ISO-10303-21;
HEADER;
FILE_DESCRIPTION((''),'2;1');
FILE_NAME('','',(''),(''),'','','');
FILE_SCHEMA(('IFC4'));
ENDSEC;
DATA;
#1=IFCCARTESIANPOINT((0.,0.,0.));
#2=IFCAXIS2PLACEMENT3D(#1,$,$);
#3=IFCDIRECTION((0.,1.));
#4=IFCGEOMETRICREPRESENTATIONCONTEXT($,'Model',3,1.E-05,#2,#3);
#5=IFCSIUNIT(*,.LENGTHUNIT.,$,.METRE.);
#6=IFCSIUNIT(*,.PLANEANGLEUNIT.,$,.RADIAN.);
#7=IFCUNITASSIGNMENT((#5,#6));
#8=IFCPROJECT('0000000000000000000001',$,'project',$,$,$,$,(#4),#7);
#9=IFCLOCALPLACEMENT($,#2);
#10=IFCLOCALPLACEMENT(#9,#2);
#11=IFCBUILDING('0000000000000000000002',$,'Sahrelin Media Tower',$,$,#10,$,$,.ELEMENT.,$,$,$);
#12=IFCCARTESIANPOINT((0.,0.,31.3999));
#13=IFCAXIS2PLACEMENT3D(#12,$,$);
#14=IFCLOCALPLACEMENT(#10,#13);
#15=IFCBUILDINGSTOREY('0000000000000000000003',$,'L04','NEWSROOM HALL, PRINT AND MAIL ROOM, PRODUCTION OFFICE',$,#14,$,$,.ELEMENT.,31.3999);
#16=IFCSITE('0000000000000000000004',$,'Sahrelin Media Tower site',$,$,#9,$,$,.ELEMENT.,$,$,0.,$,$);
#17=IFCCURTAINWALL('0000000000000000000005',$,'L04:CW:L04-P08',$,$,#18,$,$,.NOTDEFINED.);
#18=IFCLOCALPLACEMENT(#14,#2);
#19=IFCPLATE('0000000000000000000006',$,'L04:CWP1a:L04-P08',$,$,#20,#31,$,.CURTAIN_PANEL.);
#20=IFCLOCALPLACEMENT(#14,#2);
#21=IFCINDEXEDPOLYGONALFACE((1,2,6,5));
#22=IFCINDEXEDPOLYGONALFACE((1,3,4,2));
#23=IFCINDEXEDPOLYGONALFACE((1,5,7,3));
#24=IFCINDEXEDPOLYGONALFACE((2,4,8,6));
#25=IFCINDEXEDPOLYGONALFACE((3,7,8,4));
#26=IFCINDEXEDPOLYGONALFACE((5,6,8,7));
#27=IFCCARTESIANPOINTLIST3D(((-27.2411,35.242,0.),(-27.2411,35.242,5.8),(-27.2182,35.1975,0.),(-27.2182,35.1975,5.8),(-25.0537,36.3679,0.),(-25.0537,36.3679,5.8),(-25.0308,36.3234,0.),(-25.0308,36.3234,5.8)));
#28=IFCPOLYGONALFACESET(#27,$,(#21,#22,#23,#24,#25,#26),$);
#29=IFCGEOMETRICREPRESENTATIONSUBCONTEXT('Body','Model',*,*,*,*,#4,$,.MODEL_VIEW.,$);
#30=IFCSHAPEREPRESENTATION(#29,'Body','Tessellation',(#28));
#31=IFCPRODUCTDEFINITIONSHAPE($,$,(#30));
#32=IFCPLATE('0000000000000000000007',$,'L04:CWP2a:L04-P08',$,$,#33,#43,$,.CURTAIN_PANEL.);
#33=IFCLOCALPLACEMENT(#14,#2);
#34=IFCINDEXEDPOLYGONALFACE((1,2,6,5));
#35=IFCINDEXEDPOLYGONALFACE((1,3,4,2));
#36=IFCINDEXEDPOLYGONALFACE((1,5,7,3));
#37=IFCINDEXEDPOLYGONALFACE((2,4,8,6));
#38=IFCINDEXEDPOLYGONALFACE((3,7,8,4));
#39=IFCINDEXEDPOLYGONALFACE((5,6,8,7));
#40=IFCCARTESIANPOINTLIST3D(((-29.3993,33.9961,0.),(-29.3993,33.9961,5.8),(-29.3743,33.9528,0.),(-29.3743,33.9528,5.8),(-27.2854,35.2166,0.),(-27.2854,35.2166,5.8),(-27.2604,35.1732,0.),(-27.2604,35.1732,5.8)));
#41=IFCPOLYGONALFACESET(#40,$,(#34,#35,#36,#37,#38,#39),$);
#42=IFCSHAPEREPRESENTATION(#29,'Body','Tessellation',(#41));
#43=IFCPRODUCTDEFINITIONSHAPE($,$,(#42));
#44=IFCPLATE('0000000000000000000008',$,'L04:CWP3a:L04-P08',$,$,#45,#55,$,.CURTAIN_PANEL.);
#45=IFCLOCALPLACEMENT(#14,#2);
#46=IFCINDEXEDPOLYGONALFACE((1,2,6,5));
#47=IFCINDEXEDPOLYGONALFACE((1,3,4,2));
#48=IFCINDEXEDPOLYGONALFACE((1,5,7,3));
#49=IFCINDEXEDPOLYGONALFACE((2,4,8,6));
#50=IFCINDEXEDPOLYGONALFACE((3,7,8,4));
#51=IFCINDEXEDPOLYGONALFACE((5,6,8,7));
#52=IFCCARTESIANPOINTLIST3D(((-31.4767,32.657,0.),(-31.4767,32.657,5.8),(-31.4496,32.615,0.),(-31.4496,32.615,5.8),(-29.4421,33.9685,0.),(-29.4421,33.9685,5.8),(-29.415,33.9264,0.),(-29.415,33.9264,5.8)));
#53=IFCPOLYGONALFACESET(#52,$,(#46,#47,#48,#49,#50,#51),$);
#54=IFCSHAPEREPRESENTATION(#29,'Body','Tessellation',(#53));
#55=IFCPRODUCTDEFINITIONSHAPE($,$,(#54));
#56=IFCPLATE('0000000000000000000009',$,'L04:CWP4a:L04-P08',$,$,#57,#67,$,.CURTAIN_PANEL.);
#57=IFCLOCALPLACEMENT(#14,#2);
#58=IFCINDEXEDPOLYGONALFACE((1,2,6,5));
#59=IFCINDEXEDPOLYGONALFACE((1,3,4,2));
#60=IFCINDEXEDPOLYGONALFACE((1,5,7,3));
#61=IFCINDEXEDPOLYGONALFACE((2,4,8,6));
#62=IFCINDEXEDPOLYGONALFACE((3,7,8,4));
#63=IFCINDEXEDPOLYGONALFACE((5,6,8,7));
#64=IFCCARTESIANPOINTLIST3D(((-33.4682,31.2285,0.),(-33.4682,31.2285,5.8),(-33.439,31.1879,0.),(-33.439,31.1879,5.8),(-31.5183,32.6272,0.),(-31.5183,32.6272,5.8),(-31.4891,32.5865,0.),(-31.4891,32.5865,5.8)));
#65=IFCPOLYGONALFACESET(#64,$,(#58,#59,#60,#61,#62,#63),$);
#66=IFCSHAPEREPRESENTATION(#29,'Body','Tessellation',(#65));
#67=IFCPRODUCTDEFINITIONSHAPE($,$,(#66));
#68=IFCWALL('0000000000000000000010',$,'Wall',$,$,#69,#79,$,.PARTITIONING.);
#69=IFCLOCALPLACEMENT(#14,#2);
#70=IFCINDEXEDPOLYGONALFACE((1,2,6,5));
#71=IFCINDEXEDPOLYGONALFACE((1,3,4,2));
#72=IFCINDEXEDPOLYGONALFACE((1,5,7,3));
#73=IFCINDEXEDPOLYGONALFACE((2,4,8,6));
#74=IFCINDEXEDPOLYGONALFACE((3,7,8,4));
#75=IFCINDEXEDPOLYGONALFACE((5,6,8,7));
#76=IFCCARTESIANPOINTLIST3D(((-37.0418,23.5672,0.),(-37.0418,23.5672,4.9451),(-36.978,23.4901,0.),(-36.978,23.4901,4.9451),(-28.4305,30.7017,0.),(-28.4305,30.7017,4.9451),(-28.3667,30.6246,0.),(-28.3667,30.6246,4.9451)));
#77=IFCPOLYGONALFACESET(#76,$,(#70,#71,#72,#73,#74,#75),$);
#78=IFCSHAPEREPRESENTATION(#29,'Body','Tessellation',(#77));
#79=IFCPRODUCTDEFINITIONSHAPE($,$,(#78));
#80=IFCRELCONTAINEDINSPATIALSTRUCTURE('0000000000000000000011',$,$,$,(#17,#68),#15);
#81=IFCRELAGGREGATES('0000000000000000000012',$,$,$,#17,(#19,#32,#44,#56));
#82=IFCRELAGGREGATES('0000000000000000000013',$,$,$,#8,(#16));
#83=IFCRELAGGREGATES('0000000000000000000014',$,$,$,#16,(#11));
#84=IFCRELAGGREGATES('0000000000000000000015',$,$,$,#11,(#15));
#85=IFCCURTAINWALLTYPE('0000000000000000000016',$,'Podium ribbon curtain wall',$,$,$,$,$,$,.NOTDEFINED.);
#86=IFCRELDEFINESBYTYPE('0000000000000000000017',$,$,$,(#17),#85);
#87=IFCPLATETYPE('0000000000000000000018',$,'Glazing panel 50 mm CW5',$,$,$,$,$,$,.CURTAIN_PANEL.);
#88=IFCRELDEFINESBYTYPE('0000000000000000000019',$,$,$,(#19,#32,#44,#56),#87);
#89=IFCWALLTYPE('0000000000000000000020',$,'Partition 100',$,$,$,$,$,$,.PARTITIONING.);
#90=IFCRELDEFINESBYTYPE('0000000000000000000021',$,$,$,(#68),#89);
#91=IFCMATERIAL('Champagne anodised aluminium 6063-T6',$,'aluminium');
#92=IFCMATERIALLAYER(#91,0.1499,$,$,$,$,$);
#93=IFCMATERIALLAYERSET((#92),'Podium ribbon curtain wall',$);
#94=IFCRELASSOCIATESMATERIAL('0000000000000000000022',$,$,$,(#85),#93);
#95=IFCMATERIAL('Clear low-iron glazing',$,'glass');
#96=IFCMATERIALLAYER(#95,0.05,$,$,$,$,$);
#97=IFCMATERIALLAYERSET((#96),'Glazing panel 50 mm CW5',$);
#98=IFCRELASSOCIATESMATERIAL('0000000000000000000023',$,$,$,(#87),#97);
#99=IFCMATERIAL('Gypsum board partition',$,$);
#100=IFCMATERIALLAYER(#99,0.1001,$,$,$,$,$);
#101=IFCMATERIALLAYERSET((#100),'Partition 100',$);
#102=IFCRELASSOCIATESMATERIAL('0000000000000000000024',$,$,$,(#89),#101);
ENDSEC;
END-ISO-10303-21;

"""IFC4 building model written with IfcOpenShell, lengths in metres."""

from ifc_helpers import new_model, si_unit, direction, frame, frame_2d, origin, place, context, subcontext, project, spatial, polyline, rectangle, outline, extrude, material, layer, layer_set, type_object, element, aggregate, save


model = new_model("IFC4")

# Units and contexts
model_context = context("Model", 3, precision=1e-05, world=origin(), true_north=direction((0.0, 1.0)))
body_context = subcontext(model_context, "Body", "Model", "MODEL_VIEW")
ifc_project = project(units=[si_unit("LENGTHUNIT", "METRE"), si_unit("PLANEANGLEUNIT", "RADIAN")], contexts=[model_context])

# Site, building, storey
site_placement = place(None, origin())
site = spatial("IfcSite", under=ifc_project, at=site_placement, Name="Sahrelin Media Tower site", CompositionType="ELEMENT", RefElevation=0.0)
building_placement = place(site_placement, origin())
building = spatial("IfcBuilding", under=site, at=building_placement, Name="Sahrelin Media Tower", CompositionType="ELEMENT")
storey_placement = place(building_placement, frame((0.0, 0.0, 31.3999)))
storey = spatial("IfcBuildingStorey", under=building, at=storey_placement, Name="L04", Description="NEWSROOM HALL, PRINT AND MAIL ROOM, PRODUCTION OFFICE", CompositionType="ELEMENT", Elevation=31.3999)

# Curtain wall
ifc_material_1 = material(Name="Champagne anodised aluminium 6063-T6", Category="aluminium")
ifc_layer_1 = layer(ifc_material_1, 0.1499)
ifc_layer_set_1 = layer_set([ifc_layer_1], Name="Podium ribbon curtain wall")
curtain_wall_type = type_object("IfcCurtainWallType", Name="Podium ribbon curtain wall", PredefinedType="NOTDEFINED", material=ifc_layer_set_1)
curtain_wall_1_placement = place(storey_placement, frame((-25.0, 36.373, 0.0), z_axis=(0.0, 0.0, 1.0), x_axis=(1.0, 0.0, 0.0)))
curtain_wall_1 = element("IfcCurtainWall", 1, at=curtain_wall_1_placement, inside=storey, type_object=curtain_wall_type, Name="L04:CW:L04-P08", PredefinedType="NOTDEFINED")

# Plates
ifc_material_2 = material(Name="Clear low-iron glazing", Category="glass")
ifc_layer_2 = layer(ifc_material_2, 0.05)
ifc_layer_set_2 = layer_set([ifc_layer_2], Name="Glazing panel 50 mm CW5")
plate_type = type_object("IfcPlateType", Name="Glazing panel 50 mm CW5", PredefinedType="CURTAIN_PANEL", material=ifc_layer_set_2)
plate_1_placement = place(storey_placement, frame((-25.0537, 36.3679, 0.0), z_axis=(-0.457662, 0.889126, 0.0), x_axis=(-0.889126, -0.457662, 0.0)))
plate_1 = element("IfcPlate", 2, at=plate_1_placement, type_object=plate_type, Name="L04:CWP1a:L04-P08", PredefinedType="CURTAIN_PANEL", context=body_context, shape_type="SweptSolid", body=[
    extrude(outline(polyline([(0.0, 0.0), (2.4602, 0.0), (2.4602, 5.8), (0.0, 5.8), (0.0, 0.0)])), origin(), (0.0, 0.0, -1.0), 0.05),
])
plate_2_placement = place(storey_placement, frame((-27.2854, 35.2166, 0.0), z_axis=(-0.499979, 0.866037, 0.0), x_axis=(-0.866037, -0.499979, 0.0)))
plate_2 = element("IfcPlate", 3, at=plate_2_placement, type_object=plate_type, Name="L04:CWP2a:L04-P08", PredefinedType="CURTAIN_PANEL", context=body_context, shape_type="SweptSolid", body=[
    extrude(outline(polyline([(0.0, 0.0), (2.4409, 0.0), (2.4409, 5.8), (0.0, 5.8), (0.0, 0.0)])), origin(), (0.0, 0.0, -1.0), 0.05),
])
plate_3_placement = place(storey_placement, frame((-29.4421, 33.9685, 0.0), z_axis=(-0.541787, 0.840516, 0.0), x_axis=(-0.840516, -0.541787, 0.0)))
plate_3 = element("IfcPlate", 4, at=plate_3_placement, type_object=plate_type, Name="L04:CWP3a:L04-P08", PredefinedType="CURTAIN_PANEL", context=body_context, shape_type="SweptSolid", body=[
    extrude(outline(polyline([(0.0, 0.0), (2.4207, 0.0), (2.4207, 5.8), (0.0, 5.8), (0.0, 0.0)])), origin(), (0.0, 0.0, -1.0), 0.05),
])
plate_4_placement = place(storey_placement, frame((-31.5183, 32.6272, 0.0), z_axis=(-0.582854, 0.812577, 0.0), x_axis=(-0.812577, -0.582854, 0.0)))
plate_4 = element("IfcPlate", 5, at=plate_4_placement, type_object=plate_type, Name="L04:CWP4a:L04-P08", PredefinedType="CURTAIN_PANEL", context=body_context, shape_type="SweptSolid", body=[
    extrude(outline(polyline([(0.0, 0.0), (2.3997, 0.0), (2.3997, 5.8), (0.0, 5.8), (0.0, 0.0)])), origin(), (0.0, 0.0, -1.0), 0.05),
])
aggregate(curtain_wall_1, [plate_1, plate_2, plate_3, plate_4])

# Wall
ifc_material_3 = material(Name="Gypsum board partition")
ifc_layer_3 = layer(ifc_material_3, 0.1001)
ifc_layer_set_3 = layer_set([ifc_layer_3], Name="Partition 100")
wall_type = type_object("IfcWallType", Name="Partition 100", PredefinedType="PARTITIONING", material=ifc_layer_set_3)
wall_placement = place(storey_placement, frame((-28.3987, 30.6631, 0.0), z_axis=(0.0, 0.0, 1.0), x_axis=(-0.770047, -0.637987, 0.0)))
element("IfcWall", 6, at=wall_placement, inside=storey, type_object=wall_type, Name="Wall", PredefinedType="PARTITIONING", context=body_context, shape_type="SweptSolid", body=[
    extrude(rectangle(XDim=11.1829, YDim=0.1001, at=frame_2d((5.5913, 0.0))), origin(), (0.0, 0.0, 1.0), 4.9451),
])

save(model, "model.ifc")
